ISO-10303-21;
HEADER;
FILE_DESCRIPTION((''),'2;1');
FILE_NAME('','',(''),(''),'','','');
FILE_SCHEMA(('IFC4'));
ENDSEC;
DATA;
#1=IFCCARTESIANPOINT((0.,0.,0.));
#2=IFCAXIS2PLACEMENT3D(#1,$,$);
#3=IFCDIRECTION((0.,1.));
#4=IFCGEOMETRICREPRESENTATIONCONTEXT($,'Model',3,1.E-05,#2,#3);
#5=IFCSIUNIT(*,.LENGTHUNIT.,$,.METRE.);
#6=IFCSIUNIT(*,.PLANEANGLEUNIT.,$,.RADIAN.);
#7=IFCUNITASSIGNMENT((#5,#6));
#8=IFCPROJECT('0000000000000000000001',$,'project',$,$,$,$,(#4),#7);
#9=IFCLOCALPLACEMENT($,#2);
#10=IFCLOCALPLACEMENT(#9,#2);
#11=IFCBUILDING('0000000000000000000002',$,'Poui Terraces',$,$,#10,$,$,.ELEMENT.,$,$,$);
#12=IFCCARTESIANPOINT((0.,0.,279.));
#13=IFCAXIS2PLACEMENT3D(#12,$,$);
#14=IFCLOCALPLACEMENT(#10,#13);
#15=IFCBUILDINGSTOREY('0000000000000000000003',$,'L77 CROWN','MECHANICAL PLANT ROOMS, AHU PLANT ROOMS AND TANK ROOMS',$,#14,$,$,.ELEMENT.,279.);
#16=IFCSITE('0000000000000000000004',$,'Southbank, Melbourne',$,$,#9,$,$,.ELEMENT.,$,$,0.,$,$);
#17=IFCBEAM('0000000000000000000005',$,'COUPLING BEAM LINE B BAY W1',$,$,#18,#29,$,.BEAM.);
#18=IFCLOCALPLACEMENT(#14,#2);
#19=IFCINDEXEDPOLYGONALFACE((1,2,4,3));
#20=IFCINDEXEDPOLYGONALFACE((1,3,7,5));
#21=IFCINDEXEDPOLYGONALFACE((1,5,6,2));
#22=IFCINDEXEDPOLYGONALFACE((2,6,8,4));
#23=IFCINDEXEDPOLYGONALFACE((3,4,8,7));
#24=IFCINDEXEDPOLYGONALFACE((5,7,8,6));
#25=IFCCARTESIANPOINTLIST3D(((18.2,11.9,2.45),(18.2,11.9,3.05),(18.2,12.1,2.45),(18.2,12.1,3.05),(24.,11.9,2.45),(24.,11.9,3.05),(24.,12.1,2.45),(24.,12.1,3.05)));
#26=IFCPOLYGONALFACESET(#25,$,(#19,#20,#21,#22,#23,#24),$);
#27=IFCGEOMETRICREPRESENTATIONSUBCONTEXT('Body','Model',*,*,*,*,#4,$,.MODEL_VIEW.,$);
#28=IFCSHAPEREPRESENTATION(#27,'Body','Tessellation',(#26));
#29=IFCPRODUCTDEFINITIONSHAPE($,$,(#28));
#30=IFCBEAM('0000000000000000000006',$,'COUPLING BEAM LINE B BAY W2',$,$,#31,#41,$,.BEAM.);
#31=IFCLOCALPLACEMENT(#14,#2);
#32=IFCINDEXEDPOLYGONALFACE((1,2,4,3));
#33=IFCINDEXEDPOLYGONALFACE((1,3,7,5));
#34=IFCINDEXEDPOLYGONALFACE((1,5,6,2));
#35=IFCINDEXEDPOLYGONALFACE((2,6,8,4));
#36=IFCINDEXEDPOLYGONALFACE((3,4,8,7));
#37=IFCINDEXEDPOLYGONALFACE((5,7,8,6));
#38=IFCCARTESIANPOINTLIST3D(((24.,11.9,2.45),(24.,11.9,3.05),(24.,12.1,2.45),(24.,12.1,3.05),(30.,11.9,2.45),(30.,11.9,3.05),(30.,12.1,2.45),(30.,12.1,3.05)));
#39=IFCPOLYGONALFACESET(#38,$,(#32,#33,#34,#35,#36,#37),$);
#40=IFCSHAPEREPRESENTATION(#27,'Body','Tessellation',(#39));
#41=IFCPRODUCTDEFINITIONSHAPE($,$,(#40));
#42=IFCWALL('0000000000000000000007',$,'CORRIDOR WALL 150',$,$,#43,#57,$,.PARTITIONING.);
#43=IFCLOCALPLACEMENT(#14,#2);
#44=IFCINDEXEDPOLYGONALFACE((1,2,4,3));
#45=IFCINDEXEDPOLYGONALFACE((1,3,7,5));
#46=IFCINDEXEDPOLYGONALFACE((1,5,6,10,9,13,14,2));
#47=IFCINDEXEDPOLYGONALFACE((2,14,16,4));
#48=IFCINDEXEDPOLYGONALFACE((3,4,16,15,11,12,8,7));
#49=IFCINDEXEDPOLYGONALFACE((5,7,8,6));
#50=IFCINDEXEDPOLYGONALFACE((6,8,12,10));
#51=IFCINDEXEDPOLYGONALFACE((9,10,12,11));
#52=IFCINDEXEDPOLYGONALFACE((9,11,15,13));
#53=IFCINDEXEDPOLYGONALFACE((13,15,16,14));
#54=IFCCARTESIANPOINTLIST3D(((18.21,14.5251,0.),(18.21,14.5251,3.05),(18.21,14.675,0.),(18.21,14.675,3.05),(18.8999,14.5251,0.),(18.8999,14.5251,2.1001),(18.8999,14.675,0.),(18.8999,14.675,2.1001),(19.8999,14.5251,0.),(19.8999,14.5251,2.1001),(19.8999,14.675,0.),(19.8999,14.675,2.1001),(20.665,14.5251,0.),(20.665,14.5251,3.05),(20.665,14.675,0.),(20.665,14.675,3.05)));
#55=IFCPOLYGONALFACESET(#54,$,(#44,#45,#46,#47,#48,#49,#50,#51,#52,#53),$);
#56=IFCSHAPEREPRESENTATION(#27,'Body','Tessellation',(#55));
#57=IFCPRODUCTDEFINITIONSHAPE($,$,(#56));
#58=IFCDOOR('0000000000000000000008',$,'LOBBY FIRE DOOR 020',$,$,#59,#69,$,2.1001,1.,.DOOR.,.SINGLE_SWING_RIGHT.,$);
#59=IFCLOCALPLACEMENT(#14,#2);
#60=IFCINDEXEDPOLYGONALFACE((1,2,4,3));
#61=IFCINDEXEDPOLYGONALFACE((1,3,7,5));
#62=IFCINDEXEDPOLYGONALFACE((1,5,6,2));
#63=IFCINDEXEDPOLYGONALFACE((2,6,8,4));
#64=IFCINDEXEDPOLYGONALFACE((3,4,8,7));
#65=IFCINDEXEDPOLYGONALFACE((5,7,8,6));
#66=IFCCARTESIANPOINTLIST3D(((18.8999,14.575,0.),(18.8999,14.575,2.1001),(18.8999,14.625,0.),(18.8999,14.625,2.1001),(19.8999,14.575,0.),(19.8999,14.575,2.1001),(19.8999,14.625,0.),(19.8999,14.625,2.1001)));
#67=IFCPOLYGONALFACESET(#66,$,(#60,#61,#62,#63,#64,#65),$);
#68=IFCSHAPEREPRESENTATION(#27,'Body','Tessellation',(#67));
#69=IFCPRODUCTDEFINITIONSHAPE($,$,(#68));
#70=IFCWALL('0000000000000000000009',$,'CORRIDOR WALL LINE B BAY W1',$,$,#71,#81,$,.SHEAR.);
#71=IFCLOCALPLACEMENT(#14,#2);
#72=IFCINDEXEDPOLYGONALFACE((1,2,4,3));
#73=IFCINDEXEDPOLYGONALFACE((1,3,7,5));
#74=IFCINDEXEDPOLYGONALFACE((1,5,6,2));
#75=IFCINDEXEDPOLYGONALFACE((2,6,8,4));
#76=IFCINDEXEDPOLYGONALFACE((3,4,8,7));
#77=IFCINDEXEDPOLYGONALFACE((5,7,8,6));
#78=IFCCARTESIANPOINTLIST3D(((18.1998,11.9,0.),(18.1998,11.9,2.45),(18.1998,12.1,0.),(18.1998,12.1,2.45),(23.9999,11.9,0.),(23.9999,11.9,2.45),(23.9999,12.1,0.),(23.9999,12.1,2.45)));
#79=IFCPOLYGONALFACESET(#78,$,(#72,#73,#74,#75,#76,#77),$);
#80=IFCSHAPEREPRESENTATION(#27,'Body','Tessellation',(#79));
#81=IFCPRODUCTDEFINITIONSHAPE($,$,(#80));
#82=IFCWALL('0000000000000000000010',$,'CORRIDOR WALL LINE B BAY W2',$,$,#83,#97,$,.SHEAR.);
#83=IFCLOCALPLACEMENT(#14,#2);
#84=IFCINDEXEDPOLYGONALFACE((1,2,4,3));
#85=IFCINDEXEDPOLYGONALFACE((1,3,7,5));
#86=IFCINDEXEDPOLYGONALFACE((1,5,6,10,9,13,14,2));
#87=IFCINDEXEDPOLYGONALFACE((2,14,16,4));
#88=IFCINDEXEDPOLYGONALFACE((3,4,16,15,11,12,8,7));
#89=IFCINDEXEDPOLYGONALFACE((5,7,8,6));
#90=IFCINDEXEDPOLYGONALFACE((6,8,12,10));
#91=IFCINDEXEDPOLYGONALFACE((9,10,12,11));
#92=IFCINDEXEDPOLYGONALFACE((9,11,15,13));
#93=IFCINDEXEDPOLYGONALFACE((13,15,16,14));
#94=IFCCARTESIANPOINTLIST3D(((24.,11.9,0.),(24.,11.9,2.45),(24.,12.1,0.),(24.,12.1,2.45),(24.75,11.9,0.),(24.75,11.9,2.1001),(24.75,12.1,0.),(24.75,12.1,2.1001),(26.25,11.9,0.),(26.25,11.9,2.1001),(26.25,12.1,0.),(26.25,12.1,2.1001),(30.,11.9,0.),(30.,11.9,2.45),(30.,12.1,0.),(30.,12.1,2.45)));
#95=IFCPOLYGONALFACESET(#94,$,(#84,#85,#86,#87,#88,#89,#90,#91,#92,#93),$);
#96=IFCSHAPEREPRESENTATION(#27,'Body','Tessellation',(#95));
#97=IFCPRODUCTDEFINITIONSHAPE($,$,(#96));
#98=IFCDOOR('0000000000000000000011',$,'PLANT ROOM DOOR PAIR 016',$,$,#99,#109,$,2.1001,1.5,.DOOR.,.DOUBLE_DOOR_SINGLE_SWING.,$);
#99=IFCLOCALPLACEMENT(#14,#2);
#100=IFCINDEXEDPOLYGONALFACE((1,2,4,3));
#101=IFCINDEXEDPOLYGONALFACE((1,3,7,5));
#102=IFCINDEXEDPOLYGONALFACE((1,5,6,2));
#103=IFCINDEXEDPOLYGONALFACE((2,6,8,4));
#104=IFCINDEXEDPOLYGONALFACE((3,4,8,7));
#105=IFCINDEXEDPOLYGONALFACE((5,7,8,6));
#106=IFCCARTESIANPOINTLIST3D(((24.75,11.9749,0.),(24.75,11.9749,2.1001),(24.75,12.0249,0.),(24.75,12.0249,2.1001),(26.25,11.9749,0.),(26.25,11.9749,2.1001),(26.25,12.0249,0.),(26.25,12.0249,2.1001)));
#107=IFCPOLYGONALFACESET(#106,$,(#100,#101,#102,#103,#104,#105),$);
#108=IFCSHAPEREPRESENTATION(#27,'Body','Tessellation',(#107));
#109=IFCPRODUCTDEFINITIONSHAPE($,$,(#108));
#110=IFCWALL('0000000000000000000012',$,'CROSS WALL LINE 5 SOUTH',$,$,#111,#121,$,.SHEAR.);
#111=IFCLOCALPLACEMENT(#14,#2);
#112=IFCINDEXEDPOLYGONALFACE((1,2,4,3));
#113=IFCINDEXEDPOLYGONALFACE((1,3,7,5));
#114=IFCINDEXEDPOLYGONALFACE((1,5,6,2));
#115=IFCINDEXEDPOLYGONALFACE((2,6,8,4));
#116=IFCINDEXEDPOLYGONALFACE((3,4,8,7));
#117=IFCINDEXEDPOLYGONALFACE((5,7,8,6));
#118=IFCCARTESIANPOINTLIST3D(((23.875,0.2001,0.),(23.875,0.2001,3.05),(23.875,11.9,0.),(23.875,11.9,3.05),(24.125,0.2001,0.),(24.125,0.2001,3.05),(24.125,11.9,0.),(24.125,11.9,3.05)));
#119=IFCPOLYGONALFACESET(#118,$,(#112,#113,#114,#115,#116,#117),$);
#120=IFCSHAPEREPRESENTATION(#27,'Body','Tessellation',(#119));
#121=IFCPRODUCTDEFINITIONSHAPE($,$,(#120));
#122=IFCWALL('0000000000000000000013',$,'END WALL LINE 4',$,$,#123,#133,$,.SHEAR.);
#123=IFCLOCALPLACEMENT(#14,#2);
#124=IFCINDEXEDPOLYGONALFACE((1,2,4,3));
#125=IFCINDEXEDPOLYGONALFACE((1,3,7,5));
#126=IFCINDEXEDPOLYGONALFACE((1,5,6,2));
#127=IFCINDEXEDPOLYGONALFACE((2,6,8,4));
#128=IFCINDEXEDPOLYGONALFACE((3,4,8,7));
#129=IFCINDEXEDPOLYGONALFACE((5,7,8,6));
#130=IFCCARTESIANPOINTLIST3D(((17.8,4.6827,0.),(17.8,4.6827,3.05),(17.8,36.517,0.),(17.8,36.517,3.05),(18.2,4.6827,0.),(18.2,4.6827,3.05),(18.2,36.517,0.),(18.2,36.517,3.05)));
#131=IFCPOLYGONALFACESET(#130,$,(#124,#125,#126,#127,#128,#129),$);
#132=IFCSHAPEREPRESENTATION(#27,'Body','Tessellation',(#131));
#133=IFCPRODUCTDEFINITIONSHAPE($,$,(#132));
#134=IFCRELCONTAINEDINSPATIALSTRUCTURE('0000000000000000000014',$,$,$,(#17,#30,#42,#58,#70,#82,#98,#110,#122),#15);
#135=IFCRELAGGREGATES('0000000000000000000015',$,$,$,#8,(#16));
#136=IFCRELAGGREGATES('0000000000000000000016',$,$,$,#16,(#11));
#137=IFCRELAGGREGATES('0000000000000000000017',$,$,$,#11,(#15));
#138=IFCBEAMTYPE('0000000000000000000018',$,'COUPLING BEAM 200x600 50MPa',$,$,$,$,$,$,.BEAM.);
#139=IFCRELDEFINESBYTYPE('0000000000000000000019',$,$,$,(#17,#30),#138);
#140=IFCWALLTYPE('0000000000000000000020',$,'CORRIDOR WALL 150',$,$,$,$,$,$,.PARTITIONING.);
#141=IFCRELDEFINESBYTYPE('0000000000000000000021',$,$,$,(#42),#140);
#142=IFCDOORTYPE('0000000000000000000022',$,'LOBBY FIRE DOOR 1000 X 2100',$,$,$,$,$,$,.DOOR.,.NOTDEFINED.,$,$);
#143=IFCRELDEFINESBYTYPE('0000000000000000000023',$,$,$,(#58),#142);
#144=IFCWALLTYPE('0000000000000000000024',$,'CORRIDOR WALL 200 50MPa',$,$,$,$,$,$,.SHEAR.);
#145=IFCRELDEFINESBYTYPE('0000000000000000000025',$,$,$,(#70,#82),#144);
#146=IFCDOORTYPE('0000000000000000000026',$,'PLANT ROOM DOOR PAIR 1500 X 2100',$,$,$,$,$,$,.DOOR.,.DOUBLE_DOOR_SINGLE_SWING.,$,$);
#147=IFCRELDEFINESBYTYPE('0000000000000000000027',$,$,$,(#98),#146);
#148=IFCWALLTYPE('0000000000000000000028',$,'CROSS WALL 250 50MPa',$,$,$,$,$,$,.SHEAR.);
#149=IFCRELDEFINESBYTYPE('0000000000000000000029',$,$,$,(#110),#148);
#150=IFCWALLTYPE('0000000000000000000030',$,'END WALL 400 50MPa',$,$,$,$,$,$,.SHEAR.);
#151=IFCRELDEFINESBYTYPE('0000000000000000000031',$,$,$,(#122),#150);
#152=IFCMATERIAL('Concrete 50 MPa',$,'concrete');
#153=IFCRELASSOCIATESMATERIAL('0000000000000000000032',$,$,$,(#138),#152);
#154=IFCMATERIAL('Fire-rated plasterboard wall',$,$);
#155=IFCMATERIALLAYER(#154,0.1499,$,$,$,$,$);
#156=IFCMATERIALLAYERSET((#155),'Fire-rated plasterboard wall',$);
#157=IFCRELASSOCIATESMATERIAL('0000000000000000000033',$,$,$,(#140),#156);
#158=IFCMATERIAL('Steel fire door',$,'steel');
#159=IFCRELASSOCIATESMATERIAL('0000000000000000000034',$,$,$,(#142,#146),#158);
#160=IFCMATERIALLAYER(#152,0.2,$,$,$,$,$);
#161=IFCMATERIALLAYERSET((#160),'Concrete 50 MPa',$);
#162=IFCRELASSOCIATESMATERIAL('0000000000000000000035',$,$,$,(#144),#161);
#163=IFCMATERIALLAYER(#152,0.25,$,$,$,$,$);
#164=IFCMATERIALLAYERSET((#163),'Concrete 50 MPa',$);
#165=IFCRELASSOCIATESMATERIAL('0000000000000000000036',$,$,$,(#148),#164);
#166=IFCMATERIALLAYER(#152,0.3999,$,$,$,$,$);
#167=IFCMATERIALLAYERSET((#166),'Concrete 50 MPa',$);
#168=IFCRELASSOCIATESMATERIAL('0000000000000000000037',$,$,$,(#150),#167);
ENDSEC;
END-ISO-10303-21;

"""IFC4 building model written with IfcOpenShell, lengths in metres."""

from ifc_helpers import new_model, si_unit, direction, frame, frame_2d, origin, origin_2d, place, context, subcontext, project, spatial, rectangle, extrude, source, transform, mapped, material, layer, layer_set, material_profile, profile_set, type_object, element, fill, save


model = new_model("IFC4")

# Units and contexts
model_context = context("Model", 3, precision=1e-05, world=origin(), true_north=direction((0.0, 1.0)))
body_context = subcontext(model_context, "Body", "Model", "MODEL_VIEW")
ifc_project = project(units=[si_unit("LENGTHUNIT", "METRE"), si_unit("PLANEANGLEUNIT", "RADIAN")], contexts=[model_context])

# Site, building, storey
site_placement = place(None, origin())
site = spatial("IfcSite", under=ifc_project, at=site_placement, Name="Southbank, Melbourne", CompositionType="ELEMENT", RefElevation=0.0)
building_placement = place(site_placement, origin())
building = spatial("IfcBuilding", under=site, at=building_placement, Name="Poui Terraces", CompositionType="ELEMENT")
storey_placement = place(building_placement, frame((0.0, 0.0, 279.0)))
storey = spatial("IfcBuildingStorey", under=building, at=storey_placement, Name="L77 CROWN", Description="MECHANICAL PLANT ROOMS, AHU PLANT ROOMS AND TANK ROOMS", CompositionType="ELEMENT", Elevation=279.0)

# Beams
ifc_material_1 = material(Name="Concrete 50 MPa", Category="concrete")
ifc_material_profile_1 = material_profile(ifc_material_1, rectangle(XDim=0.2, YDim=0.6001, at=origin_2d()), Name="RC 200x600")
ifc_profile_set_1 = profile_set([ifc_material_profile_1], Name="Concrete 50 MPa")
beam_type = type_object("IfcBeamType", Name="COUPLING BEAM 200x600 50MPa", PredefinedType="BEAM", material=ifc_profile_set_1)
shared_shape_1 = source(origin(), body_context, "Body", "SweptSolid", [
    extrude(rectangle(XDim=0.2, YDim=0.6001, at=origin_2d()), origin(), (0.0, 0.0, 1.0), 5.8),
])
beam_1_placement = place(storey_placement, frame((18.2, 12.0, 2.75), z_axis=(1.0, 0.0, 0.0), x_axis=(0.0, 1.0, 0.0)))
element("IfcBeam", 1, at=beam_1_placement, inside=storey, type_object=beam_type, Name="COUPLING BEAM LINE B BAY W1", PredefinedType="BEAM", context=body_context, shape_type="MappedRepresentation", body=[
    mapped(shared_shape_1, transform((0.0, 0.0, 0.0))),
])
shared_shape_2 = source(origin(), body_context, "Body", "SweptSolid", [
    extrude(rectangle(XDim=0.2, YDim=0.6001, at=origin_2d()), origin(), (0.0, 0.0, 1.0), 6.0),
])
beam_2_placement = place(storey_placement, frame((24.0, 12.0, 2.75), z_axis=(1.0, 0.0, 0.0), x_axis=(0.0, 1.0, 0.0)))
element("IfcBeam", 2, at=beam_2_placement, inside=storey, type_object=beam_type, Name="COUPLING BEAM LINE B BAY W2", PredefinedType="BEAM", context=body_context, shape_type="MappedRepresentation", body=[
    mapped(shared_shape_2, transform((0.0, 0.0, 0.0))),
])

# Wall, opening, door
ifc_material_2 = material(Name="Fire-rated plasterboard wall")
ifc_layer_1 = layer(ifc_material_2, 0.1499)
ifc_layer_set_1 = layer_set([ifc_layer_1], Name="Fire-rated plasterboard wall")
wall_type_1 = type_object("IfcWallType", Name="CORRIDOR WALL 150", PredefinedType="PARTITIONING", material=ifc_layer_set_1)
wall_1_placement = place(storey_placement, frame((18.21, 14.6001, 0.0), z_axis=(0.0, 0.0, 1.0), x_axis=(1.0, 0.0, 0.0)))
wall_1 = element("IfcWall", 3, at=wall_1_placement, inside=storey, type_object=wall_type_1, Name="CORRIDOR WALL 150", PredefinedType="PARTITIONING", context=body_context, shape_type="SweptSolid", body=[
    extrude(rectangle(XDim=2.4551, YDim=0.1499, at=frame_2d((1.2275, 0.0))), origin(), (0.0, 0.0, 1.0), 3.05),
])
opening_1_placement = place(wall_1_placement, frame((0.6899, 0.0, 0.0)))
opening_1 = element("IfcOpeningElement", 4, at=opening_1_placement, cuts=wall_1, PredefinedType="OPENING", context=body_context, shape_type="SweptSolid", body=[
    extrude(rectangle(XDim=1.0, YDim=2.1001, at=frame_2d((0.5, 1.05))), frame((0.0, 0.085, 0.0), z_axis=(0.0, -1.0, 0.0), x_axis=(1.0, 0.0, 0.0)), (0.0, 0.0, 1.0), 0.1699),
])
ifc_material_3 = material(Name="Steel fire door", Category="steel")
door_type_1 = type_object("IfcDoorType", Name="LOBBY FIRE DOOR 1000 X 2100", OperationType="NOTDEFINED", PredefinedType="DOOR", material=ifc_material_3)
door_1_placement = place(opening_1_placement, origin())
door_1 = element("IfcDoor", 5, at=door_1_placement, inside=storey, type_object=door_type_1, Name="LOBBY FIRE DOOR 020", OperationType="SINGLE_SWING_RIGHT", OverallHeight=2.1001, OverallWidth=1.0, PredefinedType="DOOR", context=body_context, shape_type="SweptSolid", body=[
    extrude(rectangle(XDim=1.0, YDim=2.1001, at=frame_2d((0.5, 1.05))), frame((0.0, 0.0249, 0.0), z_axis=(0.0, -1.0, 0.0), x_axis=(1.0, 0.0, 0.0)), (0.0, 0.0, 1.0), 0.05),
])
fill(opening_1, door_1)

# Wall
ifc_layer_2 = layer(ifc_material_1, 0.2)
ifc_layer_set_2 = layer_set([ifc_layer_2], Name="Concrete 50 MPa")
wall_type_2 = type_object("IfcWallType", Name="CORRIDOR WALL 200 50MPa", PredefinedType="SHEAR", material=ifc_layer_set_2)
wall_2_placement = place(storey_placement, frame((18.2, 12.0, 0.0), z_axis=(0.0, 0.0, 1.0), x_axis=(1.0, 0.0, 0.0)))
element("IfcWall", 6, at=wall_2_placement, inside=storey, type_object=wall_type_2, Name="CORRIDOR WALL LINE B BAY W1", PredefinedType="SHEAR", context=body_context, shape_type="SweptSolid", body=[
    extrude(rectangle(XDim=5.8, YDim=0.2, at=frame_2d((2.8999, 0.0))), origin(), (0.0, 0.0, 1.0), 2.45),
])

# Wall, opening, door
wall_3_placement = place(storey_placement, frame((24.0, 12.0, 0.0), z_axis=(0.0, 0.0, 1.0), x_axis=(1.0, 0.0, 0.0)))
wall_3 = element("IfcWall", 7, at=wall_3_placement, inside=storey, type_object=wall_type_2, Name="CORRIDOR WALL LINE B BAY W2", PredefinedType="SHEAR", context=body_context, shape_type="SweptSolid", body=[
    extrude(rectangle(XDim=6.0, YDim=0.2, at=frame_2d((3.0, 0.0))), origin(), (0.0, 0.0, 1.0), 2.45),
])
opening_2_placement = place(wall_3_placement, frame((0.75, 0.0, 0.0)))
opening_2 = element("IfcOpeningElement", 8, at=opening_2_placement, cuts=wall_3, PredefinedType="OPENING", context=body_context, shape_type="SweptSolid", body=[
    extrude(rectangle(XDim=1.5, YDim=2.1001, at=frame_2d((0.75, 1.05))), frame((0.0, 0.1099, 0.0), z_axis=(0.0, -1.0, 0.0), x_axis=(1.0, 0.0, 0.0)), (0.0, 0.0, 1.0), 0.22),
])
door_type_2 = type_object("IfcDoorType", Name="PLANT ROOM DOOR PAIR 1500 X 2100", OperationType="DOUBLE_DOOR_SINGLE_SWING", PredefinedType="DOOR", material=ifc_material_3)
door_2_placement = place(opening_2_placement, origin())
door_2 = element("IfcDoor", 9, at=door_2_placement, inside=storey, type_object=door_type_2, Name="PLANT ROOM DOOR PAIR 016", OperationType="DOUBLE_DOOR_SINGLE_SWING", OverallHeight=2.1001, OverallWidth=1.5, PredefinedType="DOOR", context=body_context, shape_type="SweptSolid", body=[
    extrude(rectangle(XDim=1.5, YDim=2.1001, at=frame_2d((0.75, 1.05))), frame((0.0, 0.0249, 0.0), z_axis=(0.0, -1.0, 0.0), x_axis=(1.0, 0.0, 0.0)), (0.0, 0.0, 1.0), 0.05),
])
fill(opening_2, door_2)

# Walls
ifc_layer_3 = layer(ifc_material_1, 0.25)
ifc_layer_set_3 = layer_set([ifc_layer_3], Name="Concrete 50 MPa")
wall_type_3 = type_object("IfcWallType", Name="CROSS WALL 250 50MPa", PredefinedType="SHEAR", material=ifc_layer_set_3)
wall_4_placement = place(storey_placement, frame((24.0, 0.2, 0.0), z_axis=(0.0, 0.0, 1.0), x_axis=(0.0, 1.0, 0.0)))
element("IfcWall", 10, at=wall_4_placement, inside=storey, type_object=wall_type_3, Name="CROSS WALL LINE 5 SOUTH", PredefinedType="SHEAR", context=body_context, shape_type="SweptSolid", body=[
    extrude(rectangle(XDim=11.7, YDim=0.25, at=frame_2d((5.8501, 0.0))), origin(), (0.0, 0.0, 1.0), 3.05),
])
ifc_layer_4 = layer(ifc_material_1, 0.3999)
ifc_layer_set_4 = layer_set([ifc_layer_4], Name="Concrete 50 MPa")
wall_type_4 = type_object("IfcWallType", Name="END WALL 400 50MPa", PredefinedType="SHEAR", material=ifc_layer_set_4)
wall_5_placement = place(storey_placement, frame((18.0, 4.6829, 0.0), z_axis=(0.0, 0.0, 1.0), x_axis=(0.0, 1.0, 0.0)))
element("IfcWall", 11, at=wall_5_placement, inside=storey, type_object=wall_type_4, Name="END WALL LINE 4", PredefinedType="SHEAR", context=body_context, shape_type="SweptSolid", body=[
    extrude(rectangle(XDim=31.8342, YDim=0.3999, at=frame_2d((15.917, 0.0))), origin(), (0.0, 0.0, 1.0), 3.05),
])

save(model, "model.ifc")
